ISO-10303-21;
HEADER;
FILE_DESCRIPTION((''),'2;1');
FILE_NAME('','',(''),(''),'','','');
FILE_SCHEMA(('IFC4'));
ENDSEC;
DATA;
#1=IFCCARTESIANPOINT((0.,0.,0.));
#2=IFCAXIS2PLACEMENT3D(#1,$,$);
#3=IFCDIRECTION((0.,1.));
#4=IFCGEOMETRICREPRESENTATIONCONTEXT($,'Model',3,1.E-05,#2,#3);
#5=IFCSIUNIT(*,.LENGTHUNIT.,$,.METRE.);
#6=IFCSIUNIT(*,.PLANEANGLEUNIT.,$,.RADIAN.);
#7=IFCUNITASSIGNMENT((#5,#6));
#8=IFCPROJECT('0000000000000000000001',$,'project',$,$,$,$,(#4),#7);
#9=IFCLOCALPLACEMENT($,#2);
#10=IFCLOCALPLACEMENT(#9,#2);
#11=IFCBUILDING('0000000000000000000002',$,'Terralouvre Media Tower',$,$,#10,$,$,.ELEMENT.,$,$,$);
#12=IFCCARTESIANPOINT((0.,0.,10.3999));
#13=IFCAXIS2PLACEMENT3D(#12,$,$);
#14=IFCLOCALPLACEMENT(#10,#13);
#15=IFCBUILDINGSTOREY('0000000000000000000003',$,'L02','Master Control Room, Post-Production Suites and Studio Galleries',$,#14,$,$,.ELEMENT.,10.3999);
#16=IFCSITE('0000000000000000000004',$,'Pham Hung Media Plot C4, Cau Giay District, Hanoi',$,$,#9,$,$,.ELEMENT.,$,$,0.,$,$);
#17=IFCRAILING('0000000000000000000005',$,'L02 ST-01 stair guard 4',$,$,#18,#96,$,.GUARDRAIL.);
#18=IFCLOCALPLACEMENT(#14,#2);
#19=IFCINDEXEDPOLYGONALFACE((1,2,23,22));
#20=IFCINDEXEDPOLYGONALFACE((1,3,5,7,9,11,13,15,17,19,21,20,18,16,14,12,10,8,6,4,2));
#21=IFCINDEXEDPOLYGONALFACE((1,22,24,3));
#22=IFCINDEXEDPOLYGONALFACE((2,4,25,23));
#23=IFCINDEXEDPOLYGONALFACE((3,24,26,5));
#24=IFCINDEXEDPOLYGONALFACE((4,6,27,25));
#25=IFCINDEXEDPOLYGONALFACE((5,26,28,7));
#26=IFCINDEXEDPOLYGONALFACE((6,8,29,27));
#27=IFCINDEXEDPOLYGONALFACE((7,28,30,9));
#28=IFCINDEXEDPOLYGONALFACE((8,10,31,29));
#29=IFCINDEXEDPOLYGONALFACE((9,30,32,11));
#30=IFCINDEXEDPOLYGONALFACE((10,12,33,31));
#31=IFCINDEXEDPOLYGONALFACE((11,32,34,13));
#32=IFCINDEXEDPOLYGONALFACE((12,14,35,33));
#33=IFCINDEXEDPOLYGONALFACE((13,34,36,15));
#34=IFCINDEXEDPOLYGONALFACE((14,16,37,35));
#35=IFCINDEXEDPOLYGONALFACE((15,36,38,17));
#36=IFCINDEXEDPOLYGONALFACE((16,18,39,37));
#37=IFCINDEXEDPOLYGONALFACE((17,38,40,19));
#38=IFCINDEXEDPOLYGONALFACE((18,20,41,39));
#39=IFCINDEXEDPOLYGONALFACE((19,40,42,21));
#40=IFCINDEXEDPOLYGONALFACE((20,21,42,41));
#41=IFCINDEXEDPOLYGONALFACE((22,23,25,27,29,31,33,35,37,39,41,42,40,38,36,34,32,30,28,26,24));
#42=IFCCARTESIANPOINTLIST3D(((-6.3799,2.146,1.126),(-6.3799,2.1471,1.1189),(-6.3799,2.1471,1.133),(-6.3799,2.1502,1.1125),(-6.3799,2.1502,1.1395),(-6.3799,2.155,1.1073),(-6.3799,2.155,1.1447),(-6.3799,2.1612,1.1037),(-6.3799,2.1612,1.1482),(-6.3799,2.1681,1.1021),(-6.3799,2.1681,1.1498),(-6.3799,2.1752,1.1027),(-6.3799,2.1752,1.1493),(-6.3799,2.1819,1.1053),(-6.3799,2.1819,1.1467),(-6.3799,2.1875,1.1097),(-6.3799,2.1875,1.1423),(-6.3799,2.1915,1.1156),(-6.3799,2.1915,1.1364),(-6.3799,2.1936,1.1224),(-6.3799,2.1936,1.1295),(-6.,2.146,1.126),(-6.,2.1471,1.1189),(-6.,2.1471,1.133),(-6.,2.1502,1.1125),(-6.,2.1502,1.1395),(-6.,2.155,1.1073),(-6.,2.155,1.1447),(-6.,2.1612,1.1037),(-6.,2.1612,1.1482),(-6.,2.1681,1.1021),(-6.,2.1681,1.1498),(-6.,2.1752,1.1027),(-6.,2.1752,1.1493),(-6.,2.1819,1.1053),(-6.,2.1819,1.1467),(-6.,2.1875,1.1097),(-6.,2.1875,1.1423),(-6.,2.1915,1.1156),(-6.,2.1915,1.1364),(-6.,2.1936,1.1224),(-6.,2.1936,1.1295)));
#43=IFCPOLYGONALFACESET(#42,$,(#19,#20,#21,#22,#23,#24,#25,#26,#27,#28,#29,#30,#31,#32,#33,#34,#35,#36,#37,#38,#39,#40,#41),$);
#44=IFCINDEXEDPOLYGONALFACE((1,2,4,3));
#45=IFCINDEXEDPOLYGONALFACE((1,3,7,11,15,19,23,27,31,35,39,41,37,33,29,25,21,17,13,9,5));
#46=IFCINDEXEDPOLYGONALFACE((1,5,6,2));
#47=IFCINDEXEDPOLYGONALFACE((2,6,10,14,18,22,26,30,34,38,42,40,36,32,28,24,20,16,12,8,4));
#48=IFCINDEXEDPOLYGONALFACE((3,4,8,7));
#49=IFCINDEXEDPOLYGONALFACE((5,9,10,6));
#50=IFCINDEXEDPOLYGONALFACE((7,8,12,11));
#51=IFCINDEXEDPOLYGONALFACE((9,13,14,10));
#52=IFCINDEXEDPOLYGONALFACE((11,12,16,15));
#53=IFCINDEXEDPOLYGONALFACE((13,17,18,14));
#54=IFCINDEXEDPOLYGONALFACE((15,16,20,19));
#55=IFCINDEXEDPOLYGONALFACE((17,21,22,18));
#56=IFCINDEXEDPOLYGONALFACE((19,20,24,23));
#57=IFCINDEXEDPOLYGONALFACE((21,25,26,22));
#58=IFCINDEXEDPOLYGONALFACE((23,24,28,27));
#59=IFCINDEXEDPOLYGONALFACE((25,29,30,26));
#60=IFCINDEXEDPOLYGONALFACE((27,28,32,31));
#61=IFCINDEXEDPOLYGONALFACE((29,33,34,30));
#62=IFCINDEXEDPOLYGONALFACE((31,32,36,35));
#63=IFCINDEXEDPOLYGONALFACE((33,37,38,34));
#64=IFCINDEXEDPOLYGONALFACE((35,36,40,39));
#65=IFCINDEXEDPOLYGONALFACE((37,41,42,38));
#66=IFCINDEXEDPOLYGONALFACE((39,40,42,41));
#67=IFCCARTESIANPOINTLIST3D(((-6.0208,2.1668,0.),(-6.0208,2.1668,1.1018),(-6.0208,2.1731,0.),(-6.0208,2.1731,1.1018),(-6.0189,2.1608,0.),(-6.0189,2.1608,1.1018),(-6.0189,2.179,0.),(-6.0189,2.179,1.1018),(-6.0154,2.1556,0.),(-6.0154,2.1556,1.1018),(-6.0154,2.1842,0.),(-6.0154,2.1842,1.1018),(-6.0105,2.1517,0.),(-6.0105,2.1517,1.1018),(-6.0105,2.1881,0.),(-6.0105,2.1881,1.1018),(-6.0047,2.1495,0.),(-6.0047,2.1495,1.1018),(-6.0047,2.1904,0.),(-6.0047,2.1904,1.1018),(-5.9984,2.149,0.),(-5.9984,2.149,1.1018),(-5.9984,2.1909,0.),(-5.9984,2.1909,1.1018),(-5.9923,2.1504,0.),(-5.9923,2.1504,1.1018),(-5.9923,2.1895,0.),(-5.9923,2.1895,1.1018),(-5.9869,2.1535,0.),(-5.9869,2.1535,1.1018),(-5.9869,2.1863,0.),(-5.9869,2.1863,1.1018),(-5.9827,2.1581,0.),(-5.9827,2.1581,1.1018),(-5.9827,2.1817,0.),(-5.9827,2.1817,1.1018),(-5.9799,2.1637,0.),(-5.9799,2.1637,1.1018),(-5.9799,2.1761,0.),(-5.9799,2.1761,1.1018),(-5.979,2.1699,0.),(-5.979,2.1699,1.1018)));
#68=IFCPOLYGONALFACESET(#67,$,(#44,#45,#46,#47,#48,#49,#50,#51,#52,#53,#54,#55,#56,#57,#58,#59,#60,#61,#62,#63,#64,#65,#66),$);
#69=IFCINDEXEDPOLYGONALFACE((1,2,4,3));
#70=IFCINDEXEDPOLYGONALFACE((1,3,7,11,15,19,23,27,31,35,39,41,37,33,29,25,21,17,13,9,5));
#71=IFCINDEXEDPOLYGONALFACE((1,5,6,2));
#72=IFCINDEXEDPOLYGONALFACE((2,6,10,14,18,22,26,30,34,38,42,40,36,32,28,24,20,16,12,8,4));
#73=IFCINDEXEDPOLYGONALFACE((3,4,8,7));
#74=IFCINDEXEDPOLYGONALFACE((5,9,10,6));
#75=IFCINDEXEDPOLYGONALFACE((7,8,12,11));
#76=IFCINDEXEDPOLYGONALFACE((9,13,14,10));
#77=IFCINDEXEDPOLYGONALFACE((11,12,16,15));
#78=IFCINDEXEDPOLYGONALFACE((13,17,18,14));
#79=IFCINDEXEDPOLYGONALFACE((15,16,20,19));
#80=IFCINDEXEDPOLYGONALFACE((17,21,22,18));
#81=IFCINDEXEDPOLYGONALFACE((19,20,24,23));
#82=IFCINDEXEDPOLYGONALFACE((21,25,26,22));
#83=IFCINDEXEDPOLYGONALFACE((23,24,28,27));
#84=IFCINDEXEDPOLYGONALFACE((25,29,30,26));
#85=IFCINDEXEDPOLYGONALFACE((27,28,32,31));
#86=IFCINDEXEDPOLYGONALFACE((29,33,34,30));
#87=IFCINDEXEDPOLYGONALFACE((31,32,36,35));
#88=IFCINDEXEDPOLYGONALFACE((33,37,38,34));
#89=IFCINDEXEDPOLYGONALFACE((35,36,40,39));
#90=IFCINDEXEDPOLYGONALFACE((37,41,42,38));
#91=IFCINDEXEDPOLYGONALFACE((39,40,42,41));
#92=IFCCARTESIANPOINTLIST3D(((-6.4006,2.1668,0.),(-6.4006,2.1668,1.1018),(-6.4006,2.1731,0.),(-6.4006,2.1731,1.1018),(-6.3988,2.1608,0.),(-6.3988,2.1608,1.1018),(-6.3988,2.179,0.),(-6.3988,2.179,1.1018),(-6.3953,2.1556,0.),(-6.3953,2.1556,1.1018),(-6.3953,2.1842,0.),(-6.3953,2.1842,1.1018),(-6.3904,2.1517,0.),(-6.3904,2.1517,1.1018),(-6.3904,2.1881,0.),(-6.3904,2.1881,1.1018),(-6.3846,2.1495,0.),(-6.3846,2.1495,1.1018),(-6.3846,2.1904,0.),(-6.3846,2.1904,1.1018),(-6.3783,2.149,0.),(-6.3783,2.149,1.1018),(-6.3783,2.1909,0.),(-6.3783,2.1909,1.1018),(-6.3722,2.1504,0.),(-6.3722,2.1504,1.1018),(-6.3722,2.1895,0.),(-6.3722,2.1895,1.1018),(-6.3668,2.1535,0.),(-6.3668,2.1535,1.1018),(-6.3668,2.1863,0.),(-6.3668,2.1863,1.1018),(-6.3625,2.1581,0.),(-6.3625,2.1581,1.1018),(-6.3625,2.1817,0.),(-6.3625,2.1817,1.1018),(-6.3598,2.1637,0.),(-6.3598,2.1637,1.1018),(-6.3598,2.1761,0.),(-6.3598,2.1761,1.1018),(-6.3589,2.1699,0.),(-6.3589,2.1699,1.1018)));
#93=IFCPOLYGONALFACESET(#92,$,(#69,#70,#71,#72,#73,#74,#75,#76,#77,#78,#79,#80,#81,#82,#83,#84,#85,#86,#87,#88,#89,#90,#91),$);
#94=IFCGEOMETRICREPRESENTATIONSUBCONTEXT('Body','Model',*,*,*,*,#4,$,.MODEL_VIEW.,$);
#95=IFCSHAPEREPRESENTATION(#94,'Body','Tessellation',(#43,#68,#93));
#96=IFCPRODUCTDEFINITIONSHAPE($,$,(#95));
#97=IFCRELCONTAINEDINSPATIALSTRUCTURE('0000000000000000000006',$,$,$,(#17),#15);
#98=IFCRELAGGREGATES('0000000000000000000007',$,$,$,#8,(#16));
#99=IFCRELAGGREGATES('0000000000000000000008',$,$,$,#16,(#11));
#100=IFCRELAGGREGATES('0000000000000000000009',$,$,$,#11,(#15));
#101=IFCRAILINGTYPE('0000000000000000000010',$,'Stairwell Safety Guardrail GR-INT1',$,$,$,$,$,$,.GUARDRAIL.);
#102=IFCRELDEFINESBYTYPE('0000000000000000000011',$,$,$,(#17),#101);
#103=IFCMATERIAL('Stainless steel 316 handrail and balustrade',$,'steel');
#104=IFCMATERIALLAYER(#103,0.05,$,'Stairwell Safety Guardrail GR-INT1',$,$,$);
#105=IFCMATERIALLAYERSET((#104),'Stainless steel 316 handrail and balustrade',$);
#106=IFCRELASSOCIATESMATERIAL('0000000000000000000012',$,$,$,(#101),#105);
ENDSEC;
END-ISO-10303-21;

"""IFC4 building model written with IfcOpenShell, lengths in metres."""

from ifc_helpers import new_model, si_unit, direction, frame, origin, origin_2d, place, context, subcontext, project, spatial, circle, extrude, material, layer, layer_set, type_object, element, save


model = new_model("IFC4")

# Units and contexts
model_context = context("Model", 3, precision=1e-05, world=origin(), true_north=direction((0.0, 1.0)))
body_context = subcontext(model_context, "Body", "Model", "MODEL_VIEW")
ifc_project = project(units=[si_unit("LENGTHUNIT", "METRE"), si_unit("PLANEANGLEUNIT", "RADIAN")], contexts=[model_context])

# Site, building, storey
site_placement = place(None, origin())
site = spatial("IfcSite", under=ifc_project, at=site_placement, Name="Pham Hung Media Plot C4, Cau Giay District, Hanoi", CompositionType="ELEMENT", RefElevation=0.0)
building_placement = place(site_placement, origin())
building = spatial("IfcBuilding", under=site, at=building_placement, Name="Terralouvre Media Tower", CompositionType="ELEMENT")
storey_placement = place(building_placement, frame((0.0, 0.0, 10.3999)))
storey = spatial("IfcBuildingStorey", under=building, at=storey_placement, Name="L02", Description="Master Control Room, Post-Production Suites and Studio Galleries", CompositionType="ELEMENT", Elevation=10.3999)

# Railing
ifc_material_1 = material(Name="Stainless steel 316 handrail and balustrade", Category="steel")
ifc_layer_1 = layer(ifc_material_1, 0.05, Name="Stairwell Safety Guardrail GR-INT1")
ifc_layer_set_1 = layer_set([ifc_layer_1], Name="Stainless steel 316 handrail and balustrade")
railing_type_1 = type_object("IfcRailingType", Name="Stairwell Safety Guardrail GR-INT1", PredefinedType="GUARDRAIL", material=ifc_layer_set_1)
railing_1_placement = place(storey_placement, frame((-6.0, 2.1699, 0.0)))
element("IfcRailing", 1, at=railing_1_placement, inside=storey, type_object=railing_type_1, Name="L02 ST-01 stair guard 4", PredefinedType="GUARDRAIL", context=body_context, shape_type="SweptSolid", body=[
    extrude(circle(Radius=0.0239, at=origin_2d()), frame((0.0, 0.0, 1.126), z_axis=(-1.0, 0.0, 0.0), x_axis=(0.0, -1.0, 0.0)), (0.0, 0.0, 1.0), 0.3799),
    extrude(circle(Radius=0.021, at=origin_2d()), origin(), (0.0, 0.0, 1.0), 1.1018),
    extrude(circle(Radius=0.021, at=origin_2d()), frame((-0.3799, 0.0, 0.0)), (0.0, 0.0, 1.0), 1.1018),
])

save(model, "model.ifc")
